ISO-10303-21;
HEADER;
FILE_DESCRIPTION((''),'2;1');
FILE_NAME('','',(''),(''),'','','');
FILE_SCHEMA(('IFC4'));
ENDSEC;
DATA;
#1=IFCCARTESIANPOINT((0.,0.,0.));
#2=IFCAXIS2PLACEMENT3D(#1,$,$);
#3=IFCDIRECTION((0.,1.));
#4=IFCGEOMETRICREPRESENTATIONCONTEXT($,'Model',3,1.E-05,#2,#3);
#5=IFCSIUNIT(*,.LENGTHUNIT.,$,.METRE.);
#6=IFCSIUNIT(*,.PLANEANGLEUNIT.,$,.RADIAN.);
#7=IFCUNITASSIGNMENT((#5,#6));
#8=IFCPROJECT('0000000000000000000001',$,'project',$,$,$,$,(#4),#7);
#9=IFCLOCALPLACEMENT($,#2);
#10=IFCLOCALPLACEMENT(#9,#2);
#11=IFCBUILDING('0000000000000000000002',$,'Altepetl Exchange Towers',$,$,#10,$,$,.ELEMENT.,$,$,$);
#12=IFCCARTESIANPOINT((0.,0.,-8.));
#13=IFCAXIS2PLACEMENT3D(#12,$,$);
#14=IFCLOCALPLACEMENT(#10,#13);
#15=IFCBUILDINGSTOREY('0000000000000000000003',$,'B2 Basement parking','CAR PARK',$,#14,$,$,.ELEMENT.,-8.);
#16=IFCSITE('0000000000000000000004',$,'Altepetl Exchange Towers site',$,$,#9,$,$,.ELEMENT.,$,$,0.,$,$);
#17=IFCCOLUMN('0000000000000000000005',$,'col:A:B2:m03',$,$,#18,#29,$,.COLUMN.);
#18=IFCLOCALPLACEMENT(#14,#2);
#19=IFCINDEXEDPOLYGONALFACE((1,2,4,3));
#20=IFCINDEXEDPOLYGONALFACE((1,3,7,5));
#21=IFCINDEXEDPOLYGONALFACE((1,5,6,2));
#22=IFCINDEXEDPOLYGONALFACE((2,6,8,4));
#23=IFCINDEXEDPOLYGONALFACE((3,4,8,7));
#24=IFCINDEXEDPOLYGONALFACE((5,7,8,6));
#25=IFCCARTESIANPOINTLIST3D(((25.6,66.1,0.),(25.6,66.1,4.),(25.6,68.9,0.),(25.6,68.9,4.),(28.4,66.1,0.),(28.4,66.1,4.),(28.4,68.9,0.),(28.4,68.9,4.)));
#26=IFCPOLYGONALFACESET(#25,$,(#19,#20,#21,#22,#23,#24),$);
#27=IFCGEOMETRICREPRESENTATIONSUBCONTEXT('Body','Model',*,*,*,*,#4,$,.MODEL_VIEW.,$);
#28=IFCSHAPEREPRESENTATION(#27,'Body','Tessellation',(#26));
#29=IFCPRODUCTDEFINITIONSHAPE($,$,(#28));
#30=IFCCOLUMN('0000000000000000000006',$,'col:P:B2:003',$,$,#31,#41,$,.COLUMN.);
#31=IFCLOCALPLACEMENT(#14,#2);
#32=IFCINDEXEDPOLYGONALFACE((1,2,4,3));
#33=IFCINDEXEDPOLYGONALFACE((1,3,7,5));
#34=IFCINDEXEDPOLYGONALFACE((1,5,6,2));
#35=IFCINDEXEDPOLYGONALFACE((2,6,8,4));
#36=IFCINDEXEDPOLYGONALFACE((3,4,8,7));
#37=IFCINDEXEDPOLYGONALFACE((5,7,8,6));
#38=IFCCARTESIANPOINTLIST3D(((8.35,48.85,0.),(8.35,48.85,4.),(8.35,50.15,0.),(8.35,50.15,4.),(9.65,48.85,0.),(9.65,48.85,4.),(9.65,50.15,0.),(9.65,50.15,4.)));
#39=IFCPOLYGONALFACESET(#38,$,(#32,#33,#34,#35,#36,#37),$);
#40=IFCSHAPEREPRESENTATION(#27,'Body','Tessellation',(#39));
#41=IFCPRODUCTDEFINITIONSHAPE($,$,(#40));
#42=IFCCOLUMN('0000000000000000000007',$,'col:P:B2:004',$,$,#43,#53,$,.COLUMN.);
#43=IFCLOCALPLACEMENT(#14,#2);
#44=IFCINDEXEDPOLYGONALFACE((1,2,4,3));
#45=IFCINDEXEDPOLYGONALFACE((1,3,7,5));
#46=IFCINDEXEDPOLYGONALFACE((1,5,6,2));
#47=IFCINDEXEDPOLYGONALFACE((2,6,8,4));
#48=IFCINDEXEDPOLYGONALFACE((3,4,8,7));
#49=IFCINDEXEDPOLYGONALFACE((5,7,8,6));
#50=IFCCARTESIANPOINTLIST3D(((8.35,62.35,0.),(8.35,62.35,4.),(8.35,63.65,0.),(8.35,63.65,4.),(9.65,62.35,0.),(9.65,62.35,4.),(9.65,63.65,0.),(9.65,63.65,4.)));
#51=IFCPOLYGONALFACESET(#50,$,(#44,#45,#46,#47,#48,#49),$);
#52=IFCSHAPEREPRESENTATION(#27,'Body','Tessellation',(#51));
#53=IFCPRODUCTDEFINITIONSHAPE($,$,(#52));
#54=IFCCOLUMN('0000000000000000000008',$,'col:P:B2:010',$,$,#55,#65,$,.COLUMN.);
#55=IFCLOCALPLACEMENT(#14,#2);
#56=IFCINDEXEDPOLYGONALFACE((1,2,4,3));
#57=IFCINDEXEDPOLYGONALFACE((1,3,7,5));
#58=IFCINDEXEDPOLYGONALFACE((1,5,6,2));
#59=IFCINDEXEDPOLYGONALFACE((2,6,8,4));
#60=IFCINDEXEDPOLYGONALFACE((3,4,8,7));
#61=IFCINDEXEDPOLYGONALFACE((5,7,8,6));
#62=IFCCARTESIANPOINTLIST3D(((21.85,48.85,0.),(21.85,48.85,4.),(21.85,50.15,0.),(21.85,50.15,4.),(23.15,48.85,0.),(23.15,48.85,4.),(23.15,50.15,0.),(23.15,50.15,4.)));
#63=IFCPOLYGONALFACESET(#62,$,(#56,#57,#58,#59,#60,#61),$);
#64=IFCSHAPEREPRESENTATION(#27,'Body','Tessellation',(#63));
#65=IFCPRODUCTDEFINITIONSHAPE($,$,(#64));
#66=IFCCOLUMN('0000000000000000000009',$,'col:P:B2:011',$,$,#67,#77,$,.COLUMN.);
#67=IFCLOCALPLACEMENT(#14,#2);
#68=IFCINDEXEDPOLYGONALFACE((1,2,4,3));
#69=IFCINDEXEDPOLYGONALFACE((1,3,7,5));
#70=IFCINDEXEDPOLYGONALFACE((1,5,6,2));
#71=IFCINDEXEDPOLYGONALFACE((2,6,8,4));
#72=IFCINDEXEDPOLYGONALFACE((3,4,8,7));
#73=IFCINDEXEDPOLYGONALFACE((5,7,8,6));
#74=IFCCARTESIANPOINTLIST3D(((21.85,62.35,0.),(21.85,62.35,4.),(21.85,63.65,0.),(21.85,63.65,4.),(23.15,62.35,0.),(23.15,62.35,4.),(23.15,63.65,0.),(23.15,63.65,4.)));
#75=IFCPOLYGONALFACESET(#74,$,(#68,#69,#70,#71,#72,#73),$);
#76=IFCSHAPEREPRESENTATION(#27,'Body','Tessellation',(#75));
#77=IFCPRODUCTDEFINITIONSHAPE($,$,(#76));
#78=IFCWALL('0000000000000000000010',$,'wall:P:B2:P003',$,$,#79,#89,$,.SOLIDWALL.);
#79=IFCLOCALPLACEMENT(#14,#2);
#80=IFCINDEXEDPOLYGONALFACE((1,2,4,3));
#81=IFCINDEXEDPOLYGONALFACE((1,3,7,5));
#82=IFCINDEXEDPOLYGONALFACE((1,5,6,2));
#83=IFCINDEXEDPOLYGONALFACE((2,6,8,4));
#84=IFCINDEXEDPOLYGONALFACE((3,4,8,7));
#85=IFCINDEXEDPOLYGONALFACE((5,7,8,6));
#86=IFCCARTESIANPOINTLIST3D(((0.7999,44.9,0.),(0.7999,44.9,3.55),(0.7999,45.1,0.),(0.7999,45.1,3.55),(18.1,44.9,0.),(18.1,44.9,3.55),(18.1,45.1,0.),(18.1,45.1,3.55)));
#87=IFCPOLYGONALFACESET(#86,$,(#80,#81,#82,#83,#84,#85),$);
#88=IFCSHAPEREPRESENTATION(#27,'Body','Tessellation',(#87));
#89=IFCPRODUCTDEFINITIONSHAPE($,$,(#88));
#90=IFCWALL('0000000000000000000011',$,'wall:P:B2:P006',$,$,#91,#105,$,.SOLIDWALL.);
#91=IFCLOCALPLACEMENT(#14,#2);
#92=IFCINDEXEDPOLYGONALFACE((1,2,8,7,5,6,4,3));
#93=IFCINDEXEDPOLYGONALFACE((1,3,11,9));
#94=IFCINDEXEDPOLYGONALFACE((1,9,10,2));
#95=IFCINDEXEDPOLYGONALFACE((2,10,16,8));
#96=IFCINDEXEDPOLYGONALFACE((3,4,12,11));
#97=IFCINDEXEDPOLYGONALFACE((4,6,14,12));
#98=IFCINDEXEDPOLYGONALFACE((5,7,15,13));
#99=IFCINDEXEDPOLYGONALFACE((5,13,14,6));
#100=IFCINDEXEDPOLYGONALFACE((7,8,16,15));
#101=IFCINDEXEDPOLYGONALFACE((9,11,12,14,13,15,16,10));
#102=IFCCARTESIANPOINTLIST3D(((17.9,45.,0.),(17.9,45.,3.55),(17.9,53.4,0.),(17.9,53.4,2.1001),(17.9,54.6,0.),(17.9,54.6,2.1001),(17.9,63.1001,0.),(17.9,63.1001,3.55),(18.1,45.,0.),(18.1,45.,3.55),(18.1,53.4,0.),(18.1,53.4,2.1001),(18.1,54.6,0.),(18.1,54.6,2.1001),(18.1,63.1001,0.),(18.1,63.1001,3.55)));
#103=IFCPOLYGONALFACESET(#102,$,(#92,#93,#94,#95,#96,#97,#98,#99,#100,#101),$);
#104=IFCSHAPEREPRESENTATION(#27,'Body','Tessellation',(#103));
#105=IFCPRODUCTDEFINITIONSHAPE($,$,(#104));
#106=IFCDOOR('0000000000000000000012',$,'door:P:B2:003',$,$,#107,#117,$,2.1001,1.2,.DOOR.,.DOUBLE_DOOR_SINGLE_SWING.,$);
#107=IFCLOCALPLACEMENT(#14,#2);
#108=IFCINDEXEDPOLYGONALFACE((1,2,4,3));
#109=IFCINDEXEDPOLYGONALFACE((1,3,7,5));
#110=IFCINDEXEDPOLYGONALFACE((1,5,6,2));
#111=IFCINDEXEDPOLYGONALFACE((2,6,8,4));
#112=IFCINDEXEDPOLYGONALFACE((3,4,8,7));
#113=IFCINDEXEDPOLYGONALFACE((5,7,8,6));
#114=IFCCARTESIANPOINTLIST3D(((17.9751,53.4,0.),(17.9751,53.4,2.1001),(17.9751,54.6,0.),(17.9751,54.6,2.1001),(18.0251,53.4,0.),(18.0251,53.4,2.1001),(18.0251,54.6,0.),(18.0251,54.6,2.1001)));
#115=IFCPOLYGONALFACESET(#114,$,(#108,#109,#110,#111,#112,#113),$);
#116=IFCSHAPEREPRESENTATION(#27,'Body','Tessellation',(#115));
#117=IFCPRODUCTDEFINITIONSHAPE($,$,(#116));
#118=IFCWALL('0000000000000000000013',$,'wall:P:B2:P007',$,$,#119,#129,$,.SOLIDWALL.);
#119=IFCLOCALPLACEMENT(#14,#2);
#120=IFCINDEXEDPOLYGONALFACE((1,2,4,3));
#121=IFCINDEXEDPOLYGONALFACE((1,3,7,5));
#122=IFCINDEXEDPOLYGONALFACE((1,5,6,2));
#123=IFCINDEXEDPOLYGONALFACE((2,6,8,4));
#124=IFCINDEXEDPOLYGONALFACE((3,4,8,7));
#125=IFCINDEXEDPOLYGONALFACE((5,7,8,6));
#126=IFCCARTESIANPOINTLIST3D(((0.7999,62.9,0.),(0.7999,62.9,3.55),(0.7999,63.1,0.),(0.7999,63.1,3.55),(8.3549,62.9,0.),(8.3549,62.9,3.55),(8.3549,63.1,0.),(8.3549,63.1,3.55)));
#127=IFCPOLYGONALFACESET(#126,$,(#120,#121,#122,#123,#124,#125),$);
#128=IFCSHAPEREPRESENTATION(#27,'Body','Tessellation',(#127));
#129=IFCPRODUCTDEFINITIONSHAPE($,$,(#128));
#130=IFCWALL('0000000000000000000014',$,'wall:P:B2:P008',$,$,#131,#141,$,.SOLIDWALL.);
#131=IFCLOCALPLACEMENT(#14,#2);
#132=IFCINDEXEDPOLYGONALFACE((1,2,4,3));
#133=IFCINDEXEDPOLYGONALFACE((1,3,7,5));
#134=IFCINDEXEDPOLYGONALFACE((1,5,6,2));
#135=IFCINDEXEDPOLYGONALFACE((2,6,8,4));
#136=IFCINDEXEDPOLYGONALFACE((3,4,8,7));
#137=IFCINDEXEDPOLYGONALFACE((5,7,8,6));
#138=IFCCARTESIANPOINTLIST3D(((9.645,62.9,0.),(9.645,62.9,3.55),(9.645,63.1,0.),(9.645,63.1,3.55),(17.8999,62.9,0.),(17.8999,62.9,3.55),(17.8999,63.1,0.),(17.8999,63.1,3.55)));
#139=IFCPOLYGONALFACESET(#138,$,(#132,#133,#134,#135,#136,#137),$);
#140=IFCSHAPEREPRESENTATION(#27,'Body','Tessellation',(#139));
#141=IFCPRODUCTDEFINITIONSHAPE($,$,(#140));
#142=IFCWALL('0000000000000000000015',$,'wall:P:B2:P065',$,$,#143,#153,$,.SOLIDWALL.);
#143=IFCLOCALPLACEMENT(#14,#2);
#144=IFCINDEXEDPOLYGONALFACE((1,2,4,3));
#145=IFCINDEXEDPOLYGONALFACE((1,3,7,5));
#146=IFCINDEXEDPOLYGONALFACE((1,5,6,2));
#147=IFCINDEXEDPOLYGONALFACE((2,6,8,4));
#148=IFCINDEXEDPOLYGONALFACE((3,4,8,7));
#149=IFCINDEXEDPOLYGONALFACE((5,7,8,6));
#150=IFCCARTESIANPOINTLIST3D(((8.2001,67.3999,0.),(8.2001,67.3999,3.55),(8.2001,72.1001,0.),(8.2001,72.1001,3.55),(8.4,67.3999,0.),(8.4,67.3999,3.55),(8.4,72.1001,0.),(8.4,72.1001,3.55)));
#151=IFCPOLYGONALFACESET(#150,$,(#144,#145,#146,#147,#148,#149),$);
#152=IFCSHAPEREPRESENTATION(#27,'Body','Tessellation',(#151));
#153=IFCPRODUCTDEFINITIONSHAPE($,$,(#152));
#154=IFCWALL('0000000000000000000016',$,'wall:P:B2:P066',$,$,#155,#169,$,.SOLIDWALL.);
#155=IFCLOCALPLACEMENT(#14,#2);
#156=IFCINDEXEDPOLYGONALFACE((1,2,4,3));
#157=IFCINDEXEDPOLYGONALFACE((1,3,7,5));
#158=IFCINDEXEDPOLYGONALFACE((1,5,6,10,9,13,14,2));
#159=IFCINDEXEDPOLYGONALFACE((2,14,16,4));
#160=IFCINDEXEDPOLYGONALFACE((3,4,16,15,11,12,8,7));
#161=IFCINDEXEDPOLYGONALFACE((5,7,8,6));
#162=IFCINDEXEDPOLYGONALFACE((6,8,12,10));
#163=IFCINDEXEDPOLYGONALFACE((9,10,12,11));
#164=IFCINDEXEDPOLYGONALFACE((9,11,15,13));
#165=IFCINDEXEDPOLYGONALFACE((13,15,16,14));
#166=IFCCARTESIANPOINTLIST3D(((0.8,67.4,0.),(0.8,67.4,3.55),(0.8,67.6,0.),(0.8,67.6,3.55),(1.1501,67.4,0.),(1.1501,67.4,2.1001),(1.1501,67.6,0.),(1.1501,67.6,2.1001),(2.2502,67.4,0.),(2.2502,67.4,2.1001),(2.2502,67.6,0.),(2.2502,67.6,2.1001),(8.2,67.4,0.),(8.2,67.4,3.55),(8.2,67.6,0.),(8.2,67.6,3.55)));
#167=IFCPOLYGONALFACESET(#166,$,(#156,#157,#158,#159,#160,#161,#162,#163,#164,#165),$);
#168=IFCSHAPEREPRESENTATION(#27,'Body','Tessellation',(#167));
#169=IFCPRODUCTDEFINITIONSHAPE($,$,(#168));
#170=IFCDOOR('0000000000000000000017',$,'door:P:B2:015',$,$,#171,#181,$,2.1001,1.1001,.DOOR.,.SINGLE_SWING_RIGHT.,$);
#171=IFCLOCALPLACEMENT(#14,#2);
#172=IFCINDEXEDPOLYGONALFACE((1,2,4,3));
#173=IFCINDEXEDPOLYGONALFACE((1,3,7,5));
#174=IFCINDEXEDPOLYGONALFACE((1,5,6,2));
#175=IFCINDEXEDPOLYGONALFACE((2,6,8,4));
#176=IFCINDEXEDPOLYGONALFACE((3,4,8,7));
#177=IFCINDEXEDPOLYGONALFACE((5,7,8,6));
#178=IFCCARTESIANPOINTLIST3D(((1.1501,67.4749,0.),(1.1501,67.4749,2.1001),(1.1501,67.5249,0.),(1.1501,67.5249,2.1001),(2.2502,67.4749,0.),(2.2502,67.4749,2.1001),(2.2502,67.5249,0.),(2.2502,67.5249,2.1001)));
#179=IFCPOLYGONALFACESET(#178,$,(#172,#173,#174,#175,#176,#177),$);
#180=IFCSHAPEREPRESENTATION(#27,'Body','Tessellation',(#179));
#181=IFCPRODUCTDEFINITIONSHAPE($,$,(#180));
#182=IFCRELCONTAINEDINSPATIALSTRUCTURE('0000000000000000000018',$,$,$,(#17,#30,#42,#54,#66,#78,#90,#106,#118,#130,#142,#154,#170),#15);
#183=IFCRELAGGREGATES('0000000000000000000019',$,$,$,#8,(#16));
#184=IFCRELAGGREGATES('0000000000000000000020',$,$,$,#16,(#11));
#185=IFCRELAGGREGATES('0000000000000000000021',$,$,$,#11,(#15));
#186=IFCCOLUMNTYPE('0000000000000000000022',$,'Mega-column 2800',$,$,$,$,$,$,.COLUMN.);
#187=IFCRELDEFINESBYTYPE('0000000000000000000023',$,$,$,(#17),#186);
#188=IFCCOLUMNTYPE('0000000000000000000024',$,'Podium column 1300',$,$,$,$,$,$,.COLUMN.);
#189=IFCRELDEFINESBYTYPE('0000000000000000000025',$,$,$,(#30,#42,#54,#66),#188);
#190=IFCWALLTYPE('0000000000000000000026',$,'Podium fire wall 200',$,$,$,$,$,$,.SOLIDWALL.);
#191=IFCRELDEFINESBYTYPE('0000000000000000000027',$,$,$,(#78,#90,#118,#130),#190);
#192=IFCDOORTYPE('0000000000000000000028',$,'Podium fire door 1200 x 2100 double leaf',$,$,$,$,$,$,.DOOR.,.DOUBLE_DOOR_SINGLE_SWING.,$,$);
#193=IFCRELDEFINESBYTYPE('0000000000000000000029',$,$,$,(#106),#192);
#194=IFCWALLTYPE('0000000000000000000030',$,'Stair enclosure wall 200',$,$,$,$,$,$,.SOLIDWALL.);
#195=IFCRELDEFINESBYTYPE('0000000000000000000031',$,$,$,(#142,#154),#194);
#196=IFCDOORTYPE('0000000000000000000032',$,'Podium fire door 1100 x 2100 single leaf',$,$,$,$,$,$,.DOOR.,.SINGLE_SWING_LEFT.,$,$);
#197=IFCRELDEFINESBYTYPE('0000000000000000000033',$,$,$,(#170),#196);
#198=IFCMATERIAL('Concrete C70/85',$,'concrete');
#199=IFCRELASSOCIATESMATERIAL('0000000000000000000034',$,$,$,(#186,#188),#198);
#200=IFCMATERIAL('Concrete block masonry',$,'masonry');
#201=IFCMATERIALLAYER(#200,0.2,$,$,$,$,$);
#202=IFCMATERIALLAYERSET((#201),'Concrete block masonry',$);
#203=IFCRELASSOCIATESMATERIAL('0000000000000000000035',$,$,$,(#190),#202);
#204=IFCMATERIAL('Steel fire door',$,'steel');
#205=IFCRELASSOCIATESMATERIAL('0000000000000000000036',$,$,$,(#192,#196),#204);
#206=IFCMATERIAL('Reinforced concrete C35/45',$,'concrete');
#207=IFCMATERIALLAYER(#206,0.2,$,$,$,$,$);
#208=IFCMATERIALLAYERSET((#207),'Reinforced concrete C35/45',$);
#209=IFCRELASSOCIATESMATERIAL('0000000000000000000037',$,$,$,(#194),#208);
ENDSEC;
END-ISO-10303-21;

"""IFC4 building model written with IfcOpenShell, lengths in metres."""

from ifc_helpers import new_model, si_unit, direction, frame, frame_2d, origin, origin_2d, place, context, subcontext, project, spatial, rectangle, extrude, material, layer, layer_set, material_profile, profile_set, type_object, element, fill, save


model = new_model("IFC4")

# Units and contexts
model_context = context("Model", 3, precision=1e-05, world=origin(), true_north=direction((0.0, 1.0)))
body_context = subcontext(model_context, "Body", "Model", "MODEL_VIEW")
ifc_project = project(units=[si_unit("LENGTHUNIT", "METRE"), si_unit("PLANEANGLEUNIT", "RADIAN")], contexts=[model_context])

# Site, building, storey
site_placement = place(None, origin())
site = spatial("IfcSite", under=ifc_project, at=site_placement, Name="Altepetl Exchange Towers site", CompositionType="ELEMENT", RefElevation=0.0)
building_placement = place(site_placement, origin())
building = spatial("IfcBuilding", under=site, at=building_placement, Name="Altepetl Exchange Towers", CompositionType="ELEMENT")
storey_placement = place(building_placement, frame((0.0, 0.0, -8.0)))
storey = spatial("IfcBuildingStorey", under=building, at=storey_placement, Name="B2 Basement parking", Description="CAR PARK", CompositionType="ELEMENT", Elevation=-8.0)

# Columns
ifc_material_1 = material(Name="Concrete C70/85", Category="concrete")
ifc_material_profile_1 = material_profile(ifc_material_1, rectangle(XDim=2.8, YDim=2.8, at=origin_2d()), Name="2800 x 2800")
ifc_profile_set_1 = profile_set([ifc_material_profile_1], Name="Concrete C70/85")
column_type_1 = type_object("IfcColumnType", Name="Mega-column 2800", PredefinedType="COLUMN", material=ifc_profile_set_1)
for number, where, name in (
    (1, (27.0, 67.5, 0.0), "col:A:B2:m03"),
):
    element("IfcColumn", number, at=place(storey_placement, frame(where)), inside=storey, type_object=column_type_1, Name=name, PredefinedType="COLUMN", context=body_context, shape_type="SweptSolid", body=[
        extrude(rectangle(XDim=2.8, YDim=2.8, at=origin_2d()), origin(), (0.0, 0.0, 1.0), 4.0),
    ])
ifc_material_profile_2 = material_profile(ifc_material_1, rectangle(XDim=1.3, YDim=1.3, at=origin_2d()), Name="1300 x 1300")
ifc_profile_set_2 = profile_set([ifc_material_profile_2], Name="Concrete C70/85")
column_type_2 = type_object("IfcColumnType", Name="Podium column 1300", PredefinedType="COLUMN", material=ifc_profile_set_2)
for number, where, name in (
    (2, (9.0, 49.5, 0.0), "col:P:B2:003"),
    (3, (9.0, 63.0, 0.0), "col:P:B2:004"),
    (4, (22.5, 49.5, 0.0), "col:P:B2:010"),
    (5, (22.5, 63.0, 0.0), "col:P:B2:011"),
):
    element("IfcColumn", number, at=place(storey_placement, frame(where)), inside=storey, type_object=column_type_2, Name=name, PredefinedType="COLUMN", context=body_context, shape_type="SweptSolid", body=[
        extrude(rectangle(XDim=1.3, YDim=1.3, at=origin_2d()), origin(), (0.0, 0.0, 1.0), 4.0),
    ])

# Wall
ifc_material_2 = material(Name="Concrete block masonry", Category="masonry")
ifc_layer_1 = layer(ifc_material_2, 0.2)
ifc_layer_set_1 = layer_set([ifc_layer_1], Name="Concrete block masonry")
wall_type_1 = type_object("IfcWallType", Name="Podium fire wall 200", PredefinedType="SOLIDWALL", material=ifc_layer_set_1)
wall_1_placement = place(storey_placement, frame((0.8, 45.0, 0.0)))
element("IfcWall", 6, at=wall_1_placement, inside=storey, type_object=wall_type_1, Name="wall:P:B2:P003", PredefinedType="SOLIDWALL", context=body_context, shape_type="SweptSolid", body=[
    extrude(rectangle(XDim=17.3, YDim=0.2, at=frame_2d((8.6499, 0.0))), origin(), (0.0, 0.0, 1.0), 3.55),
])

# Wall, opening, door
wall_2_placement = place(storey_placement, frame((18.0, 45.0, 0.0), z_axis=(0.0, 0.0, 1.0), x_axis=(0.0, 1.0, 0.0)))
wall_2 = element("IfcWall", 7, at=wall_2_placement, inside=storey, type_object=wall_type_1, Name="wall:P:B2:P006", PredefinedType="SOLIDWALL", context=body_context, shape_type="SweptSolid", body=[
    extrude(rectangle(XDim=18.1001, YDim=0.2, at=frame_2d((9.05, 0.0))), origin(), (0.0, 0.0, 1.0), 3.55),
])
opening_1_placement = place(wall_2_placement, frame((8.3999, 0.0, 0.0)))
opening_1 = element("IfcOpeningElement", 8, at=opening_1_placement, cuts=wall_2, PredefinedType="OPENING", context=body_context, shape_type="SweptSolid", body=[
    extrude(rectangle(XDim=1.2, YDim=2.1001, at=frame_2d((0.6001, 1.05))), frame((0.0, 0.1099, 0.0), z_axis=(0.0, -1.0, 0.0), x_axis=(1.0, 0.0, 0.0)), (0.0, 0.0, 1.0), 0.22),
])
ifc_material_3 = material(Name="Steel fire door", Category="steel")
door_type_1 = type_object("IfcDoorType", Name="Podium fire door 1200 x 2100 double leaf", OperationType="DOUBLE_DOOR_SINGLE_SWING", PredefinedType="DOOR", material=ifc_material_3)
door_1_placement = place(opening_1_placement, origin())
door_1 = element("IfcDoor", 9, at=door_1_placement, inside=storey, type_object=door_type_1, Name="door:P:B2:003", OperationType="DOUBLE_DOOR_SINGLE_SWING", OverallHeight=2.1001, OverallWidth=1.2, PredefinedType="DOOR", context=body_context, shape_type="SweptSolid", body=[
    extrude(rectangle(XDim=1.2, YDim=2.1001, at=frame_2d((0.6001, 1.05))), frame((0.0, 0.0249, 0.0), z_axis=(0.0, -1.0, 0.0), x_axis=(1.0, 0.0, 0.0)), (0.0, 0.0, 1.0), 0.05),
])
fill(opening_1, door_1)

# Walls
wall_3_placement = place(storey_placement, frame((0.8, 63.0, 0.0)))
element("IfcWall", 10, at=wall_3_placement, inside=storey, type_object=wall_type_1, Name="wall:P:B2:P007", PredefinedType="SOLIDWALL", context=body_context, shape_type="SweptSolid", body=[
    extrude(rectangle(XDim=7.5549, YDim=0.2, at=frame_2d((3.7773, 0.0))), origin(), (0.0, 0.0, 1.0), 3.55),
])
wall_4_placement = place(storey_placement, frame((9.645, 63.0, 0.0)))
element("IfcWall", 11, at=wall_4_placement, inside=storey, type_object=wall_type_1, Name="wall:P:B2:P008", PredefinedType="SOLIDWALL", context=body_context, shape_type="SweptSolid", body=[
    extrude(rectangle(XDim=8.2549, YDim=0.2, at=frame_2d((4.1274, 0.0))), origin(), (0.0, 0.0, 1.0), 3.55),
])
ifc_material_4 = material(Name="Reinforced concrete C35/45", Category="concrete")
ifc_layer_2 = layer(ifc_material_4, 0.2)
ifc_layer_set_2 = layer_set([ifc_layer_2], Name="Reinforced concrete C35/45")
wall_type_2 = type_object("IfcWallType", Name="Stair enclosure wall 200", PredefinedType="SOLIDWALL", material=ifc_layer_set_2)
wall_5_placement = place(storey_placement, frame((8.3, 67.3999, 0.0), z_axis=(0.0, 0.0, 1.0), x_axis=(0.0, 1.0, 0.0)))
element("IfcWall", 12, at=wall_5_placement, inside=storey, type_object=wall_type_2, Name="wall:P:B2:P065", PredefinedType="SOLIDWALL", context=body_context, shape_type="SweptSolid", body=[
    extrude(rectangle(XDim=4.7002, YDim=0.2, at=frame_2d((2.3501, 0.0))), origin(), (0.0, 0.0, 1.0), 3.55),
])

# Wall, opening, door
wall_6_placement = place(storey_placement, frame((0.8, 67.5, 0.0)))
wall_6 = element("IfcWall", 13, at=wall_6_placement, inside=storey, type_object=wall_type_2, Name="wall:P:B2:P066", PredefinedType="SOLIDWALL", context=body_context, shape_type="SweptSolid", body=[
    extrude(rectangle(XDim=7.3999, YDim=0.2, at=frame_2d((3.7, 0.0))), origin(), (0.0, 0.0, 1.0), 3.55),
])
opening_2_placement = place(wall_6_placement, frame((0.3501, 0.0, 0.0)))
opening_2 = element("IfcOpeningElement", 14, at=opening_2_placement, cuts=wall_6, PredefinedType="OPENING", context=body_context, shape_type="SweptSolid", body=[
    extrude(rectangle(XDim=1.1001, YDim=2.1001, at=frame_2d((0.55, 1.05))), frame((0.0, 0.1099, 0.0), z_axis=(0.0, -1.0, 0.0), x_axis=(1.0, 0.0, 0.0)), (0.0, 0.0, 1.0), 0.22),
])
door_type_2 = type_object("IfcDoorType", Name="Podium fire door 1100 x 2100 single leaf", OperationType="SINGLE_SWING_LEFT", PredefinedType="DOOR", material=ifc_material_3)
door_2_placement = place(opening_2_placement, origin())
door_2 = element("IfcDoor", 15, at=door_2_placement, inside=storey, type_object=door_type_2, Name="door:P:B2:015", OperationType="SINGLE_SWING_RIGHT", OverallHeight=2.1001, OverallWidth=1.1001, PredefinedType="DOOR", context=body_context, shape_type="SweptSolid", body=[
    extrude(rectangle(XDim=1.1001, YDim=2.1001, at=frame_2d((0.55, 1.05))), frame((0.0, 0.0249, 0.0), z_axis=(0.0, -1.0, 0.0), x_axis=(1.0, 0.0, 0.0)), (0.0, 0.0, 1.0), 0.05),
])
fill(opening_2, door_2)

save(model, "model.ifc")
